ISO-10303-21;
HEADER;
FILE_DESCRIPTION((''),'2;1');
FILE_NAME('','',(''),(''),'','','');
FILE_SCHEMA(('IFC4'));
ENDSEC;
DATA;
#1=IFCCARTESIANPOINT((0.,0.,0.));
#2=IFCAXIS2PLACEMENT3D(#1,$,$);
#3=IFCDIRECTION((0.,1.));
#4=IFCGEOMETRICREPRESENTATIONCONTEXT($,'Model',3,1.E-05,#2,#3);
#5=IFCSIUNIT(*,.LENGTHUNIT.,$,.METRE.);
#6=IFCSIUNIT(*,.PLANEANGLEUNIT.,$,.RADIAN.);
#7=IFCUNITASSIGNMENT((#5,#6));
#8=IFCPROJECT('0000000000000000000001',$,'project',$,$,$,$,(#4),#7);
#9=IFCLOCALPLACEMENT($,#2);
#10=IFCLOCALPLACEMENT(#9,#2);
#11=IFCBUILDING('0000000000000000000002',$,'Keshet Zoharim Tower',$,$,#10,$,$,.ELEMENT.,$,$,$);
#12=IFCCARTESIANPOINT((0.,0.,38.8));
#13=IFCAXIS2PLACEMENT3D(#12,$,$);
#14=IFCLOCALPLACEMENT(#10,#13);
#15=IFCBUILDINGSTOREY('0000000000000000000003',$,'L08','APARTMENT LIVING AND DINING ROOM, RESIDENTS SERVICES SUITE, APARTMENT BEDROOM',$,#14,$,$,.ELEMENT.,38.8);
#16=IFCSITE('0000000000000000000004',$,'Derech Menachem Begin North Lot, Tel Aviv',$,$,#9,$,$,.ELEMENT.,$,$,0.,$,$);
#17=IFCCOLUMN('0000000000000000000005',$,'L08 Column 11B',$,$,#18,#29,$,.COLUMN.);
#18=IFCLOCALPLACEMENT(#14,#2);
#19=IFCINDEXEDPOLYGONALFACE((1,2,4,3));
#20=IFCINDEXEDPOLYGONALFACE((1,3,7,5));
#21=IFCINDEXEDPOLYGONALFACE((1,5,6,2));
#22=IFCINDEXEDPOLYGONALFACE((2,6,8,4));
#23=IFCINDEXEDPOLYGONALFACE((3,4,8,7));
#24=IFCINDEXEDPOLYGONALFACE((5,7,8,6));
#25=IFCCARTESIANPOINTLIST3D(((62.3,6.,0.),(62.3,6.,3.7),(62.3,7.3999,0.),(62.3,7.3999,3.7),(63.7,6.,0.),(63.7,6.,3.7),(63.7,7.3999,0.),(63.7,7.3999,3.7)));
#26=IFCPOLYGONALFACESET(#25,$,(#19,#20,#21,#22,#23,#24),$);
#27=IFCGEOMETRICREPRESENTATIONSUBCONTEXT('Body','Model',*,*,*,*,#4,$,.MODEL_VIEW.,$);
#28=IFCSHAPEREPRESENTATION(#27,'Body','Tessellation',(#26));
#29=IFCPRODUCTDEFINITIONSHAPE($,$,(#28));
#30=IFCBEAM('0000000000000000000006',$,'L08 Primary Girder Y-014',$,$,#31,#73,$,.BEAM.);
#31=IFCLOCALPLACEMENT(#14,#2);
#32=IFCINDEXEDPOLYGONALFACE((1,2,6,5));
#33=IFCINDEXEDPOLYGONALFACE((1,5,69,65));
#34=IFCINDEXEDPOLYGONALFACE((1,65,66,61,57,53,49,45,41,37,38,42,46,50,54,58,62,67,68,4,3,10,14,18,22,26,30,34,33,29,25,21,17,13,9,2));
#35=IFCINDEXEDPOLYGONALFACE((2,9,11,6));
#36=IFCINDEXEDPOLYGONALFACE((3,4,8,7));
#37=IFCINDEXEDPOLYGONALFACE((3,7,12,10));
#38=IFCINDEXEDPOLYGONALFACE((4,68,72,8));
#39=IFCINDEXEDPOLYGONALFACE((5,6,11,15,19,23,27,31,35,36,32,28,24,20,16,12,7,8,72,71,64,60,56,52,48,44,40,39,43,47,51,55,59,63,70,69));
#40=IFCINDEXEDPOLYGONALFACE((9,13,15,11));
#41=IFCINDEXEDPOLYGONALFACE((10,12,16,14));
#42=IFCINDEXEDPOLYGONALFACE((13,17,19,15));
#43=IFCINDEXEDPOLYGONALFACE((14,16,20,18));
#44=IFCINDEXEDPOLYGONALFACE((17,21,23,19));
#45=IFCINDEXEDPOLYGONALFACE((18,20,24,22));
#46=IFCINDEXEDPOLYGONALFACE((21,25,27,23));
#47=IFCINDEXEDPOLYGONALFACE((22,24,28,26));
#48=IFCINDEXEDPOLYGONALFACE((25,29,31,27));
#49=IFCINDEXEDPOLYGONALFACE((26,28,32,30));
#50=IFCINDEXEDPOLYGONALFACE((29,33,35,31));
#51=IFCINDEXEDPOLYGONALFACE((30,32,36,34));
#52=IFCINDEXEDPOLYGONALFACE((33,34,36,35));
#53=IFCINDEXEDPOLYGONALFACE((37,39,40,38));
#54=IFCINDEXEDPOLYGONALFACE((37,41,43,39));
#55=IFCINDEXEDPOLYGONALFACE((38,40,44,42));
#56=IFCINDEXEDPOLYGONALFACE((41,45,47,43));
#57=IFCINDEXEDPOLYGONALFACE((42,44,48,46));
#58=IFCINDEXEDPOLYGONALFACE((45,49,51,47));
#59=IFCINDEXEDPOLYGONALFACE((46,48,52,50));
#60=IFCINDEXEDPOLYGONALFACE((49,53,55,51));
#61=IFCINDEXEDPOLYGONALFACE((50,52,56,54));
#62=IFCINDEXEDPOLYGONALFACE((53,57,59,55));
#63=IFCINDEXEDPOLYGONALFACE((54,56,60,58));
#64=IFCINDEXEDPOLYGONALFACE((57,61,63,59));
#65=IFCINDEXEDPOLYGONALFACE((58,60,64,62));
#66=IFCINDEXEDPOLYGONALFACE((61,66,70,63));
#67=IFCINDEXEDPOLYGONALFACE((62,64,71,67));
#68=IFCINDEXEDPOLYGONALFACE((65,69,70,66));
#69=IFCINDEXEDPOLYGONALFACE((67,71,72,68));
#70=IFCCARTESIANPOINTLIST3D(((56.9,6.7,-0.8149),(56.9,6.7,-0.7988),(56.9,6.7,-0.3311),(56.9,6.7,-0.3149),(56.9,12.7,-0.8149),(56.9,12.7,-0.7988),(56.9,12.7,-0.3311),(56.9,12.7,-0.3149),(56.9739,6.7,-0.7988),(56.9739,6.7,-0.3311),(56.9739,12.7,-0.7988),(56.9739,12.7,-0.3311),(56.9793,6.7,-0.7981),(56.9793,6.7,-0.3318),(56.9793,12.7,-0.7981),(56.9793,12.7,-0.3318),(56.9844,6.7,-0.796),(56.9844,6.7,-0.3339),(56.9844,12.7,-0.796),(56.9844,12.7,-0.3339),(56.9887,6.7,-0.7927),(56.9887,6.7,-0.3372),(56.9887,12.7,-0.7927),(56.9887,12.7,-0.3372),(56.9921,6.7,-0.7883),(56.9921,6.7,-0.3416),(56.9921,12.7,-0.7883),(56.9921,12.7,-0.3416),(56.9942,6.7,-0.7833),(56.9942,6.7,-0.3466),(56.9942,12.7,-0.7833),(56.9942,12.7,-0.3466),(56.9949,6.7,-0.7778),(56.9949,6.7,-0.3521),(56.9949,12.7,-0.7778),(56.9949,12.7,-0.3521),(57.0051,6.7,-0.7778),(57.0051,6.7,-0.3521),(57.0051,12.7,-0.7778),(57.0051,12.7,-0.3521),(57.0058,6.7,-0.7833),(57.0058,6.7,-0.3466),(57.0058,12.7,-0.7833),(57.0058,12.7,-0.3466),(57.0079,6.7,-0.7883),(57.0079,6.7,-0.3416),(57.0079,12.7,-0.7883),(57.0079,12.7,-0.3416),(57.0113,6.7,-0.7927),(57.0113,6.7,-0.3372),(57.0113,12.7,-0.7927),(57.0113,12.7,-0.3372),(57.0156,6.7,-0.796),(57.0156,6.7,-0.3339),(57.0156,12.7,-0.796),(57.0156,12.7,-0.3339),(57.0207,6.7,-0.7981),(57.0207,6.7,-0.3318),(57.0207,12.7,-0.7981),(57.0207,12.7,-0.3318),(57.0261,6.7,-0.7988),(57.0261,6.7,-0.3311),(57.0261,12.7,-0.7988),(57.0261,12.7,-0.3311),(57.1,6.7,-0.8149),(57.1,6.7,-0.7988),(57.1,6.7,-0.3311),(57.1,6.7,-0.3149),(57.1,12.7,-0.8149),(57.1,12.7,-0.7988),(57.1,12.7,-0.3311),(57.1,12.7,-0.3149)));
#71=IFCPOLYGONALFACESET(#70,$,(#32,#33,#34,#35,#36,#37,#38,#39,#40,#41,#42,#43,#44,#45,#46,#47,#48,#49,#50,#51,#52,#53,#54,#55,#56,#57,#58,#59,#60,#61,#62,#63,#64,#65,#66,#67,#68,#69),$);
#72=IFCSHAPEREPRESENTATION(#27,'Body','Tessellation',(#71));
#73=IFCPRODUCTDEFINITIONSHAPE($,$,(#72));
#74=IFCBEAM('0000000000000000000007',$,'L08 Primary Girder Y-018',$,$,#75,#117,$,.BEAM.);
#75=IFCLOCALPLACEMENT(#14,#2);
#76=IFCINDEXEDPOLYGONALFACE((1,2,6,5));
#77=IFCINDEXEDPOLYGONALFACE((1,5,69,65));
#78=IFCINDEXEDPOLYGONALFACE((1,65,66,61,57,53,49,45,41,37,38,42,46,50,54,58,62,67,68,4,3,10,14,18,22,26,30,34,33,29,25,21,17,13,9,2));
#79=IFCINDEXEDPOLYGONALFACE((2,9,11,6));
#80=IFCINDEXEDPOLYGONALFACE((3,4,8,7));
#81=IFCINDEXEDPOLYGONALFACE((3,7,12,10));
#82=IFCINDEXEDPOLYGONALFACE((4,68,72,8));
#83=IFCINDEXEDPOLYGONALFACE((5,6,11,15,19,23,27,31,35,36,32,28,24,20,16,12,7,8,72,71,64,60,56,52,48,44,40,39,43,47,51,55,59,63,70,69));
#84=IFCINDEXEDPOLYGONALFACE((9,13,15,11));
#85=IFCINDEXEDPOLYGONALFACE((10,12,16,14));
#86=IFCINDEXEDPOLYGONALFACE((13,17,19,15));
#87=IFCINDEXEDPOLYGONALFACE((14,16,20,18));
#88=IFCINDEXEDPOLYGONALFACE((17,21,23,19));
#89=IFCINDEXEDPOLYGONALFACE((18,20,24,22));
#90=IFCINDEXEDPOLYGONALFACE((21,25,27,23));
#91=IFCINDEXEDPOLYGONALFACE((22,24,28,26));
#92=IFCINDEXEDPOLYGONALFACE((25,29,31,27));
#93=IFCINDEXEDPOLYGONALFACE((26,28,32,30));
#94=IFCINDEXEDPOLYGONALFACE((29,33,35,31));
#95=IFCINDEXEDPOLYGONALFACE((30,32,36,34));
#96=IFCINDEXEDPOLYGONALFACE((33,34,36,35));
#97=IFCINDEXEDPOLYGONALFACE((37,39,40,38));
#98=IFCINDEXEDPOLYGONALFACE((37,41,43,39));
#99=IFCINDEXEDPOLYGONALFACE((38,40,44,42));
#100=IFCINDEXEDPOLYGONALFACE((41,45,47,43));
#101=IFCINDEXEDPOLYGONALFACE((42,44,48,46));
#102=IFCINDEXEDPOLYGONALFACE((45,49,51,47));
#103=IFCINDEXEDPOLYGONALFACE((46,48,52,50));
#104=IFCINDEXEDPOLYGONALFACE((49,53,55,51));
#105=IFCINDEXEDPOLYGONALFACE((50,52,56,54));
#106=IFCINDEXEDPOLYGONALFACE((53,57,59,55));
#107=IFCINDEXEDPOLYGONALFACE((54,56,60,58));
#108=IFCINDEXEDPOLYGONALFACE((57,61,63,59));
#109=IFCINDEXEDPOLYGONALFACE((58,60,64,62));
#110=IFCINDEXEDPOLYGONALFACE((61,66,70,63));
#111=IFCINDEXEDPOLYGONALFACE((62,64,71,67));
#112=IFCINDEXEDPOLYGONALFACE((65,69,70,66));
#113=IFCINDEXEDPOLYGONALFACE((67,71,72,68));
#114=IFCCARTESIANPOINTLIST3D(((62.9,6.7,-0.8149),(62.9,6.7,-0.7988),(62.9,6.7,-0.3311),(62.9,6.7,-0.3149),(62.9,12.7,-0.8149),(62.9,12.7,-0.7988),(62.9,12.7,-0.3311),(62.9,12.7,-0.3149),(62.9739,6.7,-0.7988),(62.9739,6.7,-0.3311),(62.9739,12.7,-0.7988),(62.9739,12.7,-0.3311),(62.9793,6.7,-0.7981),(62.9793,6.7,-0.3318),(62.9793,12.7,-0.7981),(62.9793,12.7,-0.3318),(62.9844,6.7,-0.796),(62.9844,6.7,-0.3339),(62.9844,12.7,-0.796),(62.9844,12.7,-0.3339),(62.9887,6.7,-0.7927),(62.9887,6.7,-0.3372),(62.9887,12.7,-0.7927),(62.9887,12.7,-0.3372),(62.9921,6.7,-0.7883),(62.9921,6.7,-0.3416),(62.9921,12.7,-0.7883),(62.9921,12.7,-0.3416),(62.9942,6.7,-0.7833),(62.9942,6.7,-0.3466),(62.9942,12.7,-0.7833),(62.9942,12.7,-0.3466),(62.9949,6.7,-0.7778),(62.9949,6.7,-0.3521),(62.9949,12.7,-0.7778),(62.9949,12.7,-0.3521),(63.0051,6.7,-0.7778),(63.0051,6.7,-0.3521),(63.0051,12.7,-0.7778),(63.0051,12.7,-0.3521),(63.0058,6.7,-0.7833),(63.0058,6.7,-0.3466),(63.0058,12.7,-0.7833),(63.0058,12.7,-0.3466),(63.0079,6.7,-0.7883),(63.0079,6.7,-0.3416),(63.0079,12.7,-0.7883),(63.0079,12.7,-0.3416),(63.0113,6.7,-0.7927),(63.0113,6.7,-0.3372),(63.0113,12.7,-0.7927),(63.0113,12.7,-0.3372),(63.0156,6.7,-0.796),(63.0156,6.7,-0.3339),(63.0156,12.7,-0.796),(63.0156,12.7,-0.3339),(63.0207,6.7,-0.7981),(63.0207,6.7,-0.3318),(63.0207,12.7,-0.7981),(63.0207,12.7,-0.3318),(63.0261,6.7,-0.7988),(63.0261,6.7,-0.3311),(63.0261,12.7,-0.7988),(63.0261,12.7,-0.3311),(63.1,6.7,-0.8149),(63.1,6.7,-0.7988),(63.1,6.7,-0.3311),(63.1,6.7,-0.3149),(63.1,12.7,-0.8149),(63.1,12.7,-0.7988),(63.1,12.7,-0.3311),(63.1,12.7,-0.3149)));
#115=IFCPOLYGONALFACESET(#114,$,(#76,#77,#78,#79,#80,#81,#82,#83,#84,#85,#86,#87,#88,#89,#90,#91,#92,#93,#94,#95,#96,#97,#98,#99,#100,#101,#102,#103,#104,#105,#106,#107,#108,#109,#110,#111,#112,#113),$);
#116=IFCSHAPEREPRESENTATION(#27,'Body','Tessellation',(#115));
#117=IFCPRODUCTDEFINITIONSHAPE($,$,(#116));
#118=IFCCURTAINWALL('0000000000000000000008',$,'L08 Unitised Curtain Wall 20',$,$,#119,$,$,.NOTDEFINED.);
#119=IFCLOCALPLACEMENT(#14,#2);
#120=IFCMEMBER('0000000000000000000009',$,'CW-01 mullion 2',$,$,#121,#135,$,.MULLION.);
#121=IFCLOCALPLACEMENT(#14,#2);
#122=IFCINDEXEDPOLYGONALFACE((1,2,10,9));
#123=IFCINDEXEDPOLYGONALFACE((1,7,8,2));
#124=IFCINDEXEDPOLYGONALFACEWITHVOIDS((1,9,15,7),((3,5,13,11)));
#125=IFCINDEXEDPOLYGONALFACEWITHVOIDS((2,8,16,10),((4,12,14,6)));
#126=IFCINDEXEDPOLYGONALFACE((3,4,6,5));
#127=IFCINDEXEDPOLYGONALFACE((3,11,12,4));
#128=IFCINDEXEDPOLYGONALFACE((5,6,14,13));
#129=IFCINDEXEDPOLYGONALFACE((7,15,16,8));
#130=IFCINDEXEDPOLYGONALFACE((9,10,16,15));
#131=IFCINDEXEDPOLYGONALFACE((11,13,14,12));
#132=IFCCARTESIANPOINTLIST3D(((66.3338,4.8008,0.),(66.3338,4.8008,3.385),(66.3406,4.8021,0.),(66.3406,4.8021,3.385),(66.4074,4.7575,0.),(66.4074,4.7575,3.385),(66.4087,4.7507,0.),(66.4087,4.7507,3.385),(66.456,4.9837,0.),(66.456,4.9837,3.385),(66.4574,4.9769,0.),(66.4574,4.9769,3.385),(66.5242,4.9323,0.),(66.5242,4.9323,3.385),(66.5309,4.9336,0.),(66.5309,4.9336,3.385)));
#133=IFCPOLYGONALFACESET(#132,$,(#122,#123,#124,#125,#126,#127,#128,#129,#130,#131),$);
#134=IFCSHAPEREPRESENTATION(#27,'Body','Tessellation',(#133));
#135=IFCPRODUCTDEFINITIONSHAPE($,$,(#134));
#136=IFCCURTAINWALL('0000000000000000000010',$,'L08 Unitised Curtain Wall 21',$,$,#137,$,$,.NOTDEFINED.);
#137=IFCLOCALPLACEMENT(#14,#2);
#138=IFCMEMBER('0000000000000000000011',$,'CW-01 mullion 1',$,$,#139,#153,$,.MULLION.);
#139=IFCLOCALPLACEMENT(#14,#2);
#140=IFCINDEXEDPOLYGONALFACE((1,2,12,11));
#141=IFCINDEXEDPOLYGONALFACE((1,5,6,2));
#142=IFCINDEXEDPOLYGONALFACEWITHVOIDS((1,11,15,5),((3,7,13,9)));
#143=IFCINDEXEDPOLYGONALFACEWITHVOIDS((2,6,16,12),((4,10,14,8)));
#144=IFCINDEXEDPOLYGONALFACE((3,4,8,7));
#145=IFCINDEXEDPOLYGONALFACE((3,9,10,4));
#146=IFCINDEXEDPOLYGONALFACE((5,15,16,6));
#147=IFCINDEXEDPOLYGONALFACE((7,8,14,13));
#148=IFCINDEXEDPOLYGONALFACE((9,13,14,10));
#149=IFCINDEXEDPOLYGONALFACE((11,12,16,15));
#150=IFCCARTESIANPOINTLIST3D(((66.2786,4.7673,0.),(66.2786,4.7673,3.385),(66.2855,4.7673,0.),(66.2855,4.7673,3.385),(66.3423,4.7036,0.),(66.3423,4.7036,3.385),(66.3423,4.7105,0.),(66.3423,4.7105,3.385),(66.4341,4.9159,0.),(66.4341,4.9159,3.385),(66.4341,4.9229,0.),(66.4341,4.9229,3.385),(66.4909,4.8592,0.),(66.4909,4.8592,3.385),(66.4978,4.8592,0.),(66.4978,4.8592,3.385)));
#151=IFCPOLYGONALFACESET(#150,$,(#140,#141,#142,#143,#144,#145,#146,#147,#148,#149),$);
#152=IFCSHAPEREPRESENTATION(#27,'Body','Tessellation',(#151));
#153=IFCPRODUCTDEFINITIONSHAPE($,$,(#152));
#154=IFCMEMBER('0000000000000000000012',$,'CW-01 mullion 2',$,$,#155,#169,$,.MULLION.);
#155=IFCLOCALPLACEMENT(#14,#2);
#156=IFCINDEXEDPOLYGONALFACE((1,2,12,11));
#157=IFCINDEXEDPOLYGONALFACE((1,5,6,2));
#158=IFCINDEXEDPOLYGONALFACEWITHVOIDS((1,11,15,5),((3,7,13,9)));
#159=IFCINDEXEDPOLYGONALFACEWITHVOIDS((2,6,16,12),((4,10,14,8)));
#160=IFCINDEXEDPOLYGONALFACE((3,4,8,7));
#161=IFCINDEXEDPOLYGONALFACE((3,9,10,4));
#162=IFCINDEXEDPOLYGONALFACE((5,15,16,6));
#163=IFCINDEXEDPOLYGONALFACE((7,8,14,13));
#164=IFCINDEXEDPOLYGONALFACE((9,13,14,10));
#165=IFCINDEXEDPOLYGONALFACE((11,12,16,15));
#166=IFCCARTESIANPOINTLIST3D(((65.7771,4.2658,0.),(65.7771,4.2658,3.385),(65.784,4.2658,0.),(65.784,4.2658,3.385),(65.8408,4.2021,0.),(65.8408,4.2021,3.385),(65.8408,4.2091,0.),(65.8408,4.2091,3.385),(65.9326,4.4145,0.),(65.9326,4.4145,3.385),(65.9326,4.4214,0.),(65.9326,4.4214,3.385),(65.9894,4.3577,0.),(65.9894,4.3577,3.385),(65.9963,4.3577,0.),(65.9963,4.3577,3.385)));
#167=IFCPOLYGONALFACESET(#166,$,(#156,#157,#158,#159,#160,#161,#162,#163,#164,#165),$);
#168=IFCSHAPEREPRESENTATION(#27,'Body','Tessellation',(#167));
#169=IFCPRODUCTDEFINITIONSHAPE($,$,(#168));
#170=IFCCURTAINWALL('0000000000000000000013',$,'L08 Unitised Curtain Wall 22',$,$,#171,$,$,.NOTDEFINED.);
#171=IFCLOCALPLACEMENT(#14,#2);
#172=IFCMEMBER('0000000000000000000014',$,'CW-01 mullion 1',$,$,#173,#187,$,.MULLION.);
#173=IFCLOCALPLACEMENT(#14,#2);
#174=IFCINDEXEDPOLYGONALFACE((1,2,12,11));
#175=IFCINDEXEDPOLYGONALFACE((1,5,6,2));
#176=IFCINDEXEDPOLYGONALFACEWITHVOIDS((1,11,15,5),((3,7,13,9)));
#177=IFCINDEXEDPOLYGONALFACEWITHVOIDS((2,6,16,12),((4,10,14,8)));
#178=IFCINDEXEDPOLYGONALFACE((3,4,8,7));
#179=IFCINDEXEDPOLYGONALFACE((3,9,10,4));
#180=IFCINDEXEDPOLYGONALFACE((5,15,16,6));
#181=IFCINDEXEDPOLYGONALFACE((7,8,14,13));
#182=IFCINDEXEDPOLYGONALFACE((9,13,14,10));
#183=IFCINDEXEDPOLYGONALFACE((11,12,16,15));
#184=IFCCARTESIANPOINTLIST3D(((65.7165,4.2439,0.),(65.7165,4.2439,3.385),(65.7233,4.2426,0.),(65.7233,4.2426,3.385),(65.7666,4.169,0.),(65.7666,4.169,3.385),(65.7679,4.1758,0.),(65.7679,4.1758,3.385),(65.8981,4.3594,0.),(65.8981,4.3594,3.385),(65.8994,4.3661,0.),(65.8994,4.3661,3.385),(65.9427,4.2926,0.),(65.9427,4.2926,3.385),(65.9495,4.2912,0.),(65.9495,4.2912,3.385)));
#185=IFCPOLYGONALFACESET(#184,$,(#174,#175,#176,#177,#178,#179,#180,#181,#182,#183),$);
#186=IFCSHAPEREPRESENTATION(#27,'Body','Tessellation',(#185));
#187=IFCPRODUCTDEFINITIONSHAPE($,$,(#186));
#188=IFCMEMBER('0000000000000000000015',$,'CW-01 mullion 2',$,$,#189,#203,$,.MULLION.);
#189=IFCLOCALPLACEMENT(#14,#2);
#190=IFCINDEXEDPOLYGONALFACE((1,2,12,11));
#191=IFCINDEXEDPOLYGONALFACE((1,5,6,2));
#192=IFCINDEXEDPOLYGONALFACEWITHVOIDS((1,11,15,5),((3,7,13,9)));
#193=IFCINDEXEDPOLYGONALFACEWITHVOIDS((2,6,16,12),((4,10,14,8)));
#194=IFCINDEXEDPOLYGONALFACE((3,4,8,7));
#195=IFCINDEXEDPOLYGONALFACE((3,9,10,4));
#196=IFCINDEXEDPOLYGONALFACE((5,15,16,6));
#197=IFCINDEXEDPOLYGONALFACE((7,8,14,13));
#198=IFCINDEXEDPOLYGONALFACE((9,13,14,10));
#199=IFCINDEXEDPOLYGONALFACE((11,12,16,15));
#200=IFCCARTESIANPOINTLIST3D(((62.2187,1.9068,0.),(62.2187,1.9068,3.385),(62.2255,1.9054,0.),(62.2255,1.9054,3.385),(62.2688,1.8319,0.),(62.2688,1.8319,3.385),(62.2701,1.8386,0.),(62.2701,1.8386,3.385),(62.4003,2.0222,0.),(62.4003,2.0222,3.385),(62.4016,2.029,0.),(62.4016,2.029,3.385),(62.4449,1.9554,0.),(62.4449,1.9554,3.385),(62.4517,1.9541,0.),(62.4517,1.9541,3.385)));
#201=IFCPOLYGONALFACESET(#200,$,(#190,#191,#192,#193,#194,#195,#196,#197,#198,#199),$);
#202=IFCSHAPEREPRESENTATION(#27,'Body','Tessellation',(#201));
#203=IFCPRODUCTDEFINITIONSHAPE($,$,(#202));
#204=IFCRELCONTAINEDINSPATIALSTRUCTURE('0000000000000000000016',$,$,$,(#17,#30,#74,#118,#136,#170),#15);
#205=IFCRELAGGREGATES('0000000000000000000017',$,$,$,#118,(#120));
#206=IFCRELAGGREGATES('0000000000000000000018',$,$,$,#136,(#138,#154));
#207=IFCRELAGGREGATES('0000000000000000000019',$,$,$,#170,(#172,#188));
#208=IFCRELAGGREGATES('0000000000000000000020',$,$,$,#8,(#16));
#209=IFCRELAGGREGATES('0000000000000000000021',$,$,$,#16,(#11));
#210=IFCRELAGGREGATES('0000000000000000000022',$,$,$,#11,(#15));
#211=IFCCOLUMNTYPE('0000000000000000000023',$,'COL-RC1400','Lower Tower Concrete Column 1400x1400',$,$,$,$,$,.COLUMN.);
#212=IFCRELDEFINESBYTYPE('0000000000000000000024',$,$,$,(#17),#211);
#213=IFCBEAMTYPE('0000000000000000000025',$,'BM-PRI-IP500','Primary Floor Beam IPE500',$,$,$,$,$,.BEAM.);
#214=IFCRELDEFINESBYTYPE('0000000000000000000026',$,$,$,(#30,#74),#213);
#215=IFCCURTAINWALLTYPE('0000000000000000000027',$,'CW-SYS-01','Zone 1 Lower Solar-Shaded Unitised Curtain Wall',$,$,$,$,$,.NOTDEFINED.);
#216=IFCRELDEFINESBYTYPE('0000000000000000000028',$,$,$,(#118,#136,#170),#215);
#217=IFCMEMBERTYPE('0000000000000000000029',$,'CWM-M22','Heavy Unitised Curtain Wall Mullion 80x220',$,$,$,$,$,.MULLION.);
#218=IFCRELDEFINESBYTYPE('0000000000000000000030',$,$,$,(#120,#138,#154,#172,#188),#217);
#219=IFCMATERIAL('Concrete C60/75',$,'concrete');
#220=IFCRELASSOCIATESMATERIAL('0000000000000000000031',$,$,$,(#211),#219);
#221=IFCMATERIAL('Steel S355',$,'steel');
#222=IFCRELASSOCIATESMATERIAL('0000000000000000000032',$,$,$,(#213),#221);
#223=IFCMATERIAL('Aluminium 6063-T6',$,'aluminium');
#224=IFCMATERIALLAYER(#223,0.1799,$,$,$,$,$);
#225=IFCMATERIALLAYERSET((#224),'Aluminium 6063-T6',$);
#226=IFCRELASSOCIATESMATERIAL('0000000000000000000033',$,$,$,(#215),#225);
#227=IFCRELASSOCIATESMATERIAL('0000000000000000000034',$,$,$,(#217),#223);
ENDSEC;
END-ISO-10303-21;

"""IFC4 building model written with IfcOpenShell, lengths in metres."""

from ifc_helpers import new_model, si_unit, direction, frame, origin, origin_2d, place, context, subcontext, project, spatial, rectangle, hollow_rectangle, i_section, extrude, material, layer, layer_set, material_profile, profile_set, type_object, element, aggregate, save


model = new_model("IFC4")

# Units and contexts
model_context = context("Model", 3, precision=1e-05, world=origin(), true_north=direction((0.0, 1.0)))
body_context = subcontext(model_context, "Body", "Model", "MODEL_VIEW")
ifc_project = project(units=[si_unit("LENGTHUNIT", "METRE"), si_unit("PLANEANGLEUNIT", "RADIAN")], contexts=[model_context])

# Site, building, storey
site_placement = place(None, origin())
site = spatial("IfcSite", under=ifc_project, at=site_placement, Name="Derech Menachem Begin North Lot, Tel Aviv", CompositionType="ELEMENT", RefElevation=0.0)
building_placement = place(site_placement, origin())
building = spatial("IfcBuilding", under=site, at=building_placement, Name="Keshet Zoharim Tower", CompositionType="ELEMENT")
storey_placement = place(building_placement, frame((0.0, 0.0, 38.8)))
storey = spatial("IfcBuildingStorey", under=building, at=storey_placement, Name="L08", Description="APARTMENT LIVING AND DINING ROOM, RESIDENTS SERVICES SUITE, APARTMENT BEDROOM", CompositionType="ELEMENT", Elevation=38.8)

# Column
ifc_material_1 = material(Name="Concrete C60/75", Category="concrete")
ifc_material_profile_1 = material_profile(ifc_material_1, rectangle(XDim=1.3999, YDim=1.3999, at=origin_2d()), Name="RC1400x1400")
ifc_profile_set_1 = profile_set([ifc_material_profile_1], Name="Concrete C60/75")
column_type = type_object("IfcColumnType", Name="COL-RC1400", Description="Lower Tower Concrete Column 1400x1400", PredefinedType="COLUMN", material=ifc_profile_set_1)
column_placement = place(storey_placement, frame((63.0, 6.7, 0.0), z_axis=(0.0, 0.0, 1.0), x_axis=(1.0, 0.0, 0.0)))
element("IfcColumn", 1, at=column_placement, inside=storey, type_object=column_type, Name="L08 Column 11B", PredefinedType="COLUMN", context=body_context, shape_type="SweptSolid", body=[
    extrude(rectangle(XDim=1.3999, YDim=1.3999, at=origin_2d()), origin(), (0.0, 0.0, 1.0), 3.7),
])

# Beams
ifc_material_2 = material(Name="Steel S355", Category="steel")
ifc_material_profile_2 = material_profile(ifc_material_2, i_section(OverallWidth=0.2, OverallDepth=0.5, WebThickness=0.0103, FlangeThickness=0.0161, FilletRadius=0.021, at=origin_2d()), Name="IPE500")
ifc_profile_set_2 = profile_set([ifc_material_profile_2], Name="Steel S355")
beam_type = type_object("IfcBeamType", Name="BM-PRI-IP500", Description="Primary Floor Beam IPE500", PredefinedType="BEAM", material=ifc_profile_set_2)
for number, where, z_axis, x_axis, name in (
    (2, (57.0, 6.7, -0.5649), (0.0, 1.0, 0.0), (-1.0, 0.0, 0.0), "L08 Primary Girder Y-014"),
    (3, (63.0, 6.7, -0.5649), (0.0, 1.0, 0.0), (-1.0, 0.0, 0.0), "L08 Primary Girder Y-018"),
):
    element("IfcBeam", number, at=place(storey_placement, frame(where, z_axis=z_axis, x_axis=x_axis)), inside=storey, type_object=beam_type, Name=name, PredefinedType="BEAM", context=body_context, shape_type="SweptSolid", body=[
        extrude(i_section(OverallWidth=0.2, OverallDepth=0.5, WebThickness=0.0103, FlangeThickness=0.0161, FilletRadius=0.021, at=origin_2d()), origin(), (0.0, 0.0, 1.0), 6.0),
    ])

# Curtain wall, member
ifc_material_3 = material(Name="Aluminium 6063-T6", Category="aluminium")
ifc_layer_1 = layer(ifc_material_3, 0.1799)
ifc_layer_set_1 = layer_set([ifc_layer_1], Name="Aluminium 6063-T6")
curtain_wall_type = type_object("IfcCurtainWallType", Name="CW-SYS-01", Description="Zone 1 Lower Solar-Shaded Unitised Curtain Wall", PredefinedType="NOTDEFINED", material=ifc_layer_set_1)
curtain_wall_1_placement = place(storey_placement, origin())
curtain_wall_1 = element("IfcCurtainWall", 4, at=curtain_wall_1_placement, inside=storey, type_object=curtain_wall_type, Name="L08 Unitised Curtain Wall 20", PredefinedType="NOTDEFINED")
ifc_material_profile_3 = material_profile(ifc_material_3, hollow_rectangle(XDim=0.0901, YDim=0.22, WallThickness=0.0049, at=origin_2d()), Name="MUL-90x220")
ifc_profile_set_3 = profile_set([ifc_material_profile_3], Name="Aluminium 6063-T6")
member_type_1 = type_object("IfcMemberType", Name="CWM-M22", Description="Heavy Unitised Curtain Wall Mullion 80x220", PredefinedType="MULLION", material=ifc_profile_set_3)
member_1_placement = place(storey_placement, frame((66.4324, 4.8672, 0.0), z_axis=(0.0, 0.0, 1.0), x_axis=(0.831474, -0.555563, 0.0)))
member_1 = element("IfcMember", 5, at=member_1_placement, type_object=member_type_1, Name="CW-01 mullion 2", PredefinedType="MULLION", context=body_context, shape_type="SweptSolid", body=[
    extrude(hollow_rectangle(XDim=0.0901, YDim=0.22, WallThickness=0.0049, at=origin_2d()), origin(), (0.0, 0.0, 1.0), 3.385),
])

# Curtain walls, members
curtain_wall_2_placement = place(storey_placement, origin())
curtain_wall_2 = element("IfcCurtainWall", 6, at=curtain_wall_2_placement, inside=storey, type_object=curtain_wall_type, Name="L08 Unitised Curtain Wall 21", PredefinedType="NOTDEFINED")
member_2_placement = place(storey_placement, frame((66.3882, 4.8132, 0.0), z_axis=(0.0, 0.0, 1.0), x_axis=(0.707107, -0.707107, 0.0)))
member_2 = element("IfcMember", 7, at=member_2_placement, type_object=member_type_1, Name="CW-01 mullion 1", PredefinedType="MULLION", context=body_context, shape_type="SweptSolid", body=[
    extrude(hollow_rectangle(XDim=0.0901, YDim=0.22, WallThickness=0.0049, at=origin_2d()), origin(), (0.0, 0.0, 1.0), 3.385),
])
member_3_placement = place(storey_placement, frame((65.8867, 4.3118, 0.0), z_axis=(0.0, 0.0, 1.0), x_axis=(0.707107, -0.707107, 0.0)))
member_3 = element("IfcMember", 8, at=member_3_placement, type_object=member_type_1, Name="CW-01 mullion 2", PredefinedType="MULLION", context=body_context, shape_type="SweptSolid", body=[
    extrude(hollow_rectangle(XDim=0.0901, YDim=0.22, WallThickness=0.0049, at=origin_2d()), origin(), (0.0, 0.0, 1.0), 3.385),
])
curtain_wall_3_placement = place(storey_placement, origin())
curtain_wall_3 = element("IfcCurtainWall", 9, at=curtain_wall_3_placement, inside=storey, type_object=curtain_wall_type, Name="L08 Unitised Curtain Wall 22", PredefinedType="NOTDEFINED")
member_4_placement = place(storey_placement, frame((65.833, 4.2676, 0.0), z_axis=(0.0, 0.0, 1.0), x_axis=(0.555563, -0.831474, 0.0)))
member_4 = element("IfcMember", 10, at=member_4_placement, type_object=member_type_1, Name="CW-01 mullion 1", PredefinedType="MULLION", context=body_context, shape_type="SweptSolid", body=[
    extrude(hollow_rectangle(XDim=0.0901, YDim=0.22, WallThickness=0.0049, at=origin_2d()), origin(), (0.0, 0.0, 1.0), 3.385),
])
member_5_placement = place(storey_placement, frame((62.3352, 1.9304, 0.0), z_axis=(0.0, 0.0, 1.0), x_axis=(0.555563, -0.831474, 0.0)))
member_5 = element("IfcMember", 11, at=member_5_placement, type_object=member_type_1, Name="CW-01 mullion 2", PredefinedType="MULLION", context=body_context, shape_type="SweptSolid", body=[
    extrude(hollow_rectangle(XDim=0.0901, YDim=0.22, WallThickness=0.0049, at=origin_2d()), origin(), (0.0, 0.0, 1.0), 3.385),
])

aggregate(curtain_wall_1, [member_1])
aggregate(curtain_wall_2, [member_2, member_3])
aggregate(curtain_wall_3, [member_4, member_5])

save(model, "model.ifc")
